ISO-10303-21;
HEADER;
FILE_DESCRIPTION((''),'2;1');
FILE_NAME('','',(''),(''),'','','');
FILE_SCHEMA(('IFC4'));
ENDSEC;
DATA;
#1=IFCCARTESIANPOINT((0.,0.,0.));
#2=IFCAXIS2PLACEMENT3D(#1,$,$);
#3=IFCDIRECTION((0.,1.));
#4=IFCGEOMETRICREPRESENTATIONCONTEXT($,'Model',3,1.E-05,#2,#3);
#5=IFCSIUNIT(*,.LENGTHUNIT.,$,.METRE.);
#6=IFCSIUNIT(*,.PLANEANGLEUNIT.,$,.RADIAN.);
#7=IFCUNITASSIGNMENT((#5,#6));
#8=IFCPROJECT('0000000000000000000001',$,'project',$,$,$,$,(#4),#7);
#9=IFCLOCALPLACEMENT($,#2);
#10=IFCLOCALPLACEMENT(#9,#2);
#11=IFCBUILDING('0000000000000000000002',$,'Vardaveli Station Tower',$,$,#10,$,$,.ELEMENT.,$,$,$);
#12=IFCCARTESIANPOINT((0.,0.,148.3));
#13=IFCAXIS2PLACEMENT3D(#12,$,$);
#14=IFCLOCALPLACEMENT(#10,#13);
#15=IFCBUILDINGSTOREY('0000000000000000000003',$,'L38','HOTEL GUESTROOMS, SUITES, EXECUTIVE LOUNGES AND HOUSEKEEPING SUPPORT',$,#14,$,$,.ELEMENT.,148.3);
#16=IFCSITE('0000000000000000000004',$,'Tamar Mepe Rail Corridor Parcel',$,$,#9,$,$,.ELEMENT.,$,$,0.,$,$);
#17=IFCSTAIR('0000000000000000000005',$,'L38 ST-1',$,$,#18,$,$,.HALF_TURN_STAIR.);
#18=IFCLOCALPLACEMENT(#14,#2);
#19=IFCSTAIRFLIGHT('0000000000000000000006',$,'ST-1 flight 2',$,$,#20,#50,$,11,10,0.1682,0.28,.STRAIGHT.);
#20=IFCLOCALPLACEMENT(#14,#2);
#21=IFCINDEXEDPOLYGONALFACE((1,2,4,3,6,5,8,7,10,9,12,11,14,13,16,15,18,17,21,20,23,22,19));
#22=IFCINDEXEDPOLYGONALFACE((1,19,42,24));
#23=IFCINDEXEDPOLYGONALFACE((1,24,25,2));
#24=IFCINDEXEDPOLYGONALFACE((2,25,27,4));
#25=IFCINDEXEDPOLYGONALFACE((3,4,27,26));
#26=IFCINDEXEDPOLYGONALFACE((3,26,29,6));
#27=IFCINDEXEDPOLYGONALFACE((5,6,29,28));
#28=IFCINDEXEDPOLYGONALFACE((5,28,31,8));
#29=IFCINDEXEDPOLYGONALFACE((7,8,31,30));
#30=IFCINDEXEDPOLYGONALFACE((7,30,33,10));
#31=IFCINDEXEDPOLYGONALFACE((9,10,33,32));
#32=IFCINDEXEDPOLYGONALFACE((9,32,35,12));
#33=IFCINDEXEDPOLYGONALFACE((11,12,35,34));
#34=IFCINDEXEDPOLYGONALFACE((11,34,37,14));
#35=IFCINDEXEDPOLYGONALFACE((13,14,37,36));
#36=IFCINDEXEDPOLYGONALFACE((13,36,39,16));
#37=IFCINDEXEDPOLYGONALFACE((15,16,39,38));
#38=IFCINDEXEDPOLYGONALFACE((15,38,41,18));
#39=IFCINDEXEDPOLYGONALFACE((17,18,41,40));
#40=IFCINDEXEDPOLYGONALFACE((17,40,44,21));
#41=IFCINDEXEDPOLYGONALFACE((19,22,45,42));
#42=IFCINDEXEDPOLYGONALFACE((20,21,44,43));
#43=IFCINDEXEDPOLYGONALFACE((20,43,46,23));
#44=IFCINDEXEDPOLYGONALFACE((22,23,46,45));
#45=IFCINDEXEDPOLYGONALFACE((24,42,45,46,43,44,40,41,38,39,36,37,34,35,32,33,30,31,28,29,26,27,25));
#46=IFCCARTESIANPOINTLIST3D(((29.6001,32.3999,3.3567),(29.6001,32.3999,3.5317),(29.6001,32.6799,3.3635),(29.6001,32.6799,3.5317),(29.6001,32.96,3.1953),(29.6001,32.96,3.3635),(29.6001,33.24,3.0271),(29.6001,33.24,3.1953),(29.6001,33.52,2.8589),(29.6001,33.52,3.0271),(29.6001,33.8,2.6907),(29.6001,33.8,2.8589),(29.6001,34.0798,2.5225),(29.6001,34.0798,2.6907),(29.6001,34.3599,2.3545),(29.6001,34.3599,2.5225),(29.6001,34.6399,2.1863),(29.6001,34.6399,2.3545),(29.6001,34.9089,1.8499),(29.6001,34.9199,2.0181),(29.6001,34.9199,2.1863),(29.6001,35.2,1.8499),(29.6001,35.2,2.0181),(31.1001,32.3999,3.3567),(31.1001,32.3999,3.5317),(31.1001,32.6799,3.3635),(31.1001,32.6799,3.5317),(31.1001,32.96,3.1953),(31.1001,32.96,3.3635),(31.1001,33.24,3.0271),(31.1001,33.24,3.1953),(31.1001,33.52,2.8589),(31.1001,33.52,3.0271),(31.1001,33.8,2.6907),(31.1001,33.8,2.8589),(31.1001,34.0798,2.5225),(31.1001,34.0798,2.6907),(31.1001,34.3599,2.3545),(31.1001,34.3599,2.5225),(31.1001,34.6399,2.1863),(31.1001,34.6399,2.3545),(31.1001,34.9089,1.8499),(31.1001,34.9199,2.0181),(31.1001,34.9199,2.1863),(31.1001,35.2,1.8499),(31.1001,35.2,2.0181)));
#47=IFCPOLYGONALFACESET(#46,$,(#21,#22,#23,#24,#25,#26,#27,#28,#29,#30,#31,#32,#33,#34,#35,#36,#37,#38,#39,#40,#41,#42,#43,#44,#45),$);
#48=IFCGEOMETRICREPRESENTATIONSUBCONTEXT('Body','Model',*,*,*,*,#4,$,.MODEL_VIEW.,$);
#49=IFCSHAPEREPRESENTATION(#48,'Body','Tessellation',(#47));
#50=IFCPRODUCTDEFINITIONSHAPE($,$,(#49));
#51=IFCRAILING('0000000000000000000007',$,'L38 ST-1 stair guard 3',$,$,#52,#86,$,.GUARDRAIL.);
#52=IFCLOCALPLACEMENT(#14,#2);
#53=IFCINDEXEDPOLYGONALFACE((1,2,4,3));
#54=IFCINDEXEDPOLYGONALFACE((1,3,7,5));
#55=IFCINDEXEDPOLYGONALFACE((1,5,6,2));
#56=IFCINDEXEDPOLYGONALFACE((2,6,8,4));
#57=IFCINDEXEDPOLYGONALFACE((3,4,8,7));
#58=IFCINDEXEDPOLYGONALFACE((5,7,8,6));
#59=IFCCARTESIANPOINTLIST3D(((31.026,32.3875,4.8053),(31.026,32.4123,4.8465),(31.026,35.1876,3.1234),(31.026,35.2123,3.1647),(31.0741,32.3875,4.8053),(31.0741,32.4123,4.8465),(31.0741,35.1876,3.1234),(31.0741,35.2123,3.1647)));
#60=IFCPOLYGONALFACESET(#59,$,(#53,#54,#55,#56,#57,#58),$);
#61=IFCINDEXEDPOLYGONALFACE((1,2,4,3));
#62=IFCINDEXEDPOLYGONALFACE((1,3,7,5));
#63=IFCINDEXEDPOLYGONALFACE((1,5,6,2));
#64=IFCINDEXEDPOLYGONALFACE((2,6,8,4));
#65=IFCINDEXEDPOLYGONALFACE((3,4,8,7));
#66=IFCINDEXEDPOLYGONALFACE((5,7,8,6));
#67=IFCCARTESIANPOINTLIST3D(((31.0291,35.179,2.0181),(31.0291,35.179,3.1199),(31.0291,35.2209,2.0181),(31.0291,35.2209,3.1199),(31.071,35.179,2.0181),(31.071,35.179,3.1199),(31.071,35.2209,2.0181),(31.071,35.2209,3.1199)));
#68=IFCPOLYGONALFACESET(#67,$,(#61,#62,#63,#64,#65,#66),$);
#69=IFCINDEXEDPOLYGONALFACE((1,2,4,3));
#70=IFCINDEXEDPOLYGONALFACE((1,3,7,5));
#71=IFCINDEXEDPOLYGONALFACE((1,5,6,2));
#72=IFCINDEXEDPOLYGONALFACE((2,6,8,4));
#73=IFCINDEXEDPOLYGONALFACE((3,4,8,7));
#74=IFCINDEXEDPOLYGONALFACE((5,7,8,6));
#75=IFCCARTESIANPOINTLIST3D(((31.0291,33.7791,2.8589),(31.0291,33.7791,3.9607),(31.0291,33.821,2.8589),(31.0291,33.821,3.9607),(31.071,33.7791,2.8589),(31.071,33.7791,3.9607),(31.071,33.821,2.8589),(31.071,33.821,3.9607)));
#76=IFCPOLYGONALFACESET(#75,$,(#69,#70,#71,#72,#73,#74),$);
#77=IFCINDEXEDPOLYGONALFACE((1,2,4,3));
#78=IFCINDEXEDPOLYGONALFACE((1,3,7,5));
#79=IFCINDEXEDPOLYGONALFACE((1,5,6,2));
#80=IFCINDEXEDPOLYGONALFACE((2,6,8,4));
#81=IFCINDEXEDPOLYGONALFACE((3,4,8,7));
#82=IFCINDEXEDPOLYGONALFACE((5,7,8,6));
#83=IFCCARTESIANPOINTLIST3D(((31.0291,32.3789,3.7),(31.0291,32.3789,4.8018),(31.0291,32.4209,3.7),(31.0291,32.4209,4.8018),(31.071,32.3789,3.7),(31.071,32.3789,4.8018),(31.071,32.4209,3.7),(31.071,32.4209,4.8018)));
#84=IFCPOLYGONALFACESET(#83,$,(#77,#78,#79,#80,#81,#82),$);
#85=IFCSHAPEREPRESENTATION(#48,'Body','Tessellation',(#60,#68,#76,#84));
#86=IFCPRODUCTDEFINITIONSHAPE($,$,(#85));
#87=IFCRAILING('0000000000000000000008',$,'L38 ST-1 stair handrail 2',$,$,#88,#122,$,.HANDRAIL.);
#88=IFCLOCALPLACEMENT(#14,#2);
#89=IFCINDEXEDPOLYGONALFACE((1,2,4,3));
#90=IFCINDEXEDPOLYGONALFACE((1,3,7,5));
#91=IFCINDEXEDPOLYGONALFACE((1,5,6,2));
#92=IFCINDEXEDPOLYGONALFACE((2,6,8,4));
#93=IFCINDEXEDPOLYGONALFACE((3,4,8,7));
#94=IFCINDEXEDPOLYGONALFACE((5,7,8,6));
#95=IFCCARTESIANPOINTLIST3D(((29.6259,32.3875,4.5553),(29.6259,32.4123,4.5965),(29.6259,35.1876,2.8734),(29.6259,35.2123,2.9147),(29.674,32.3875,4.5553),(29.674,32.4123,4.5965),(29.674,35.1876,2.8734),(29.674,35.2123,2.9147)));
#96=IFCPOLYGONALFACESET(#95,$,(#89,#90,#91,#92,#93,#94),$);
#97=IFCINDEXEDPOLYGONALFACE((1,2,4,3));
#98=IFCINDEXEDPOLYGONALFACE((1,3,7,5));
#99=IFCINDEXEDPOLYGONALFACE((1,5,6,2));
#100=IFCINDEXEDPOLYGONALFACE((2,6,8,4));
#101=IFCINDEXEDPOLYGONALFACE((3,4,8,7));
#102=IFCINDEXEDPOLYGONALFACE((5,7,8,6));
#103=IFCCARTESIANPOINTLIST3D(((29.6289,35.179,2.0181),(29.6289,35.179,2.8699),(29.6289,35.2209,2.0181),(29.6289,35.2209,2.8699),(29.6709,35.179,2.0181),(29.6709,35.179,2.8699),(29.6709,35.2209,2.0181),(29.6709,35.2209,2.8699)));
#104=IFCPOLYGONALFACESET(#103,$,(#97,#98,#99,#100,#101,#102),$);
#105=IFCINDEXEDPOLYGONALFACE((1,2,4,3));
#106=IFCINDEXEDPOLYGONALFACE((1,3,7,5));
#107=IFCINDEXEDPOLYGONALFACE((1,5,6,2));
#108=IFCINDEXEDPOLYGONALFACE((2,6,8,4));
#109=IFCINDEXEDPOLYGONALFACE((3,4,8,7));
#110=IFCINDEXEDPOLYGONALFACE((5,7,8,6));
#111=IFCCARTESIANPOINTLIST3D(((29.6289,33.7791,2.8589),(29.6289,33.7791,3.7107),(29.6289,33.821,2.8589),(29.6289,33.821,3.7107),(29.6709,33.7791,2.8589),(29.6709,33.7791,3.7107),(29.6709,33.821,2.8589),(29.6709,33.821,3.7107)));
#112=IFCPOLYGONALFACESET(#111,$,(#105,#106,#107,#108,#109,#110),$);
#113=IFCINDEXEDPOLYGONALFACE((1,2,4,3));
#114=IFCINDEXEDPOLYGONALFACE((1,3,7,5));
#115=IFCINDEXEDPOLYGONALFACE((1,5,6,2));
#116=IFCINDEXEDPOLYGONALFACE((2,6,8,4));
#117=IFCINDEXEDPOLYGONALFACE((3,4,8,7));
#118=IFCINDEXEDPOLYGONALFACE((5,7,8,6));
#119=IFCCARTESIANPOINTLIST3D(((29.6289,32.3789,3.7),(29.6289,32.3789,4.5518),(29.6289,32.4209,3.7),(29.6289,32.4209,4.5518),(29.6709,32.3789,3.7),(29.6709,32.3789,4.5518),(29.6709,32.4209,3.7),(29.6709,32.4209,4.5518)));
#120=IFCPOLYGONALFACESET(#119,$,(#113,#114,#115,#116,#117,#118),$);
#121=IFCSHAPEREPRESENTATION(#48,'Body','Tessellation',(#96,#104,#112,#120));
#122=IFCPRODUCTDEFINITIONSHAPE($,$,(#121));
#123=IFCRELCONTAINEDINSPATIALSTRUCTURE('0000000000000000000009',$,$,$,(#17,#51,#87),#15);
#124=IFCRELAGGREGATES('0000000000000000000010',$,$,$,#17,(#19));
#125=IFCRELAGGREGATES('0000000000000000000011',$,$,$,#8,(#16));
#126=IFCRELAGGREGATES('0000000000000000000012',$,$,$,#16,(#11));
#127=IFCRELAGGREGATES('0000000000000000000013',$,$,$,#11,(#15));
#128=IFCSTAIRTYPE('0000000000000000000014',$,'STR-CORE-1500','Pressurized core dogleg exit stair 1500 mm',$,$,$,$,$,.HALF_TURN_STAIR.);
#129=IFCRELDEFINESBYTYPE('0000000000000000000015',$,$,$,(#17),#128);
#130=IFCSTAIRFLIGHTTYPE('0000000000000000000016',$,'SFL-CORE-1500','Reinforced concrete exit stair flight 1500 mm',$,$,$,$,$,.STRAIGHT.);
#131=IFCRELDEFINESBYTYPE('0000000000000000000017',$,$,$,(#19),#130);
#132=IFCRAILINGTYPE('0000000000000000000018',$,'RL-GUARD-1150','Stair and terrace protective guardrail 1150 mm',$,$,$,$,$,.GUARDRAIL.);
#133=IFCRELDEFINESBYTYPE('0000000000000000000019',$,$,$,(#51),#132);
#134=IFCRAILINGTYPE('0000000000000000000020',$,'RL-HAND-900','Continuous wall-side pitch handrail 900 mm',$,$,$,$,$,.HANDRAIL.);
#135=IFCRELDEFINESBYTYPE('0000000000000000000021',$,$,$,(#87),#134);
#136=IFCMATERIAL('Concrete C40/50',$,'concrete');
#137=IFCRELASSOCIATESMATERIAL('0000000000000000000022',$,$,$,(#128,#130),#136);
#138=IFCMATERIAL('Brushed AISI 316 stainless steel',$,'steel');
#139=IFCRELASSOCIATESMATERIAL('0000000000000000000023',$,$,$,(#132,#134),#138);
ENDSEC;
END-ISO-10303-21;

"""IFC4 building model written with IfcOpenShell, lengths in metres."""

from ifc_helpers import new_model, si_unit, direction, frame, origin, origin_2d, place, context, subcontext, project, spatial, polyline, rectangle, outline, extrude, source, transform, mapped, material, type_object, element, aggregate, save


model = new_model("IFC4")

# Units and contexts
model_context = context("Model", 3, precision=1e-05, world=origin(), true_north=direction((0.0, 1.0)))
body_context = subcontext(model_context, "Body", "Model", "MODEL_VIEW")
ifc_project = project(units=[si_unit("LENGTHUNIT", "METRE"), si_unit("PLANEANGLEUNIT", "RADIAN")], contexts=[model_context])

# Site, building, storey
site_placement = place(None, origin())
site = spatial("IfcSite", under=ifc_project, at=site_placement, Name="Tamar Mepe Rail Corridor Parcel", CompositionType="ELEMENT", RefElevation=0.0)
building_placement = place(site_placement, origin())
building = spatial("IfcBuilding", under=site, at=building_placement, Name="Vardaveli Station Tower", CompositionType="ELEMENT")
storey_placement = place(building_placement, frame((0.0, 0.0, 148.3)))
storey = spatial("IfcBuildingStorey", under=building, at=storey_placement, Name="L38", Description="HOTEL GUESTROOMS, SUITES, EXECUTIVE LOUNGES AND HOUSEKEEPING SUPPORT", CompositionType="ELEMENT", Elevation=148.3)

# Shared definitions
ifc_material_1 = material(Name="Concrete C40/50", Category="concrete")

# Stair, stair flight
stair_type = type_object("IfcStairType", Name="STR-CORE-1500", Description="Pressurized core dogleg exit stair 1500 mm", PredefinedType="HALF_TURN_STAIR", material=ifc_material_1)
stair_placement = place(storey_placement, origin())
stair = element("IfcStair", 1, at=stair_placement, inside=storey, type_object=stair_type, Name="L38 ST-1", PredefinedType="HALF_TURN_STAIR")
stair_flight_type = type_object("IfcStairFlightType", Name="SFL-CORE-1500", Description="Reinforced concrete exit stair flight 1500 mm", PredefinedType="STRAIGHT", material=ifc_material_1)
shared_shape_1 = source(origin(), body_context, "Body", "SweptSolid", [
    extrude(outline(polyline([(0.0, 0.0), (0.0, 0.1682), (0.28, 0.1682), (0.28, 0.3364), (0.5601, 0.3364), (0.5601, 0.5046), (0.8401, 0.5046), (0.8401, 0.6726), (1.1201, 0.6726), (1.1201, 0.8408), (1.3999, 0.8408), (1.3999, 1.009), (1.6799, 1.009), (1.6799, 1.1772), (1.96, 1.1772), (1.96, 1.3455), (2.24, 1.3455), (2.24, 1.5137), (2.52, 1.5137), (2.52, 1.6819), (2.8, 1.6819), (2.8, 1.8501), (2.8, 1.5068), (0.291, 0.0), (0.0, 0.0)])), frame((0.0, 0.75, 0.0), z_axis=(0.0, -1.0, 0.0), x_axis=(1.0, 0.0, 0.0)), (0.0, 0.0, 1.0), 1.5),
])
stair_flight_placement = place(storey_placement, frame((30.3501, 35.2, 1.8499), z_axis=(0.0, 0.0, 1.0), x_axis=(0.0, -1.0, 0.0)))
stair_flight = element("IfcStairFlight", 2, at=stair_flight_placement, type_object=stair_flight_type, Name="ST-1 flight 2", NumberOfRisers=11, NumberOfTreads=10, PredefinedType="STRAIGHT", RiserHeight=0.1682, TreadLength=0.28, context=body_context, shape_type="MappedRepresentation", body=[
    mapped(shared_shape_1, transform((0.0, 0.0, 0.0), scale=1.0)),
])
aggregate(stair, [stair_flight])

# Railings
ifc_material_2 = material(Name="Brushed AISI 316 stainless steel", Category="steel")
railing_type_1 = type_object("IfcRailingType", Name="RL-GUARD-1150", Description="Stair and terrace protective guardrail 1150 mm", PredefinedType="GUARDRAIL", material=ifc_material_2)
shared_shape_2 = source(origin(), body_context, "Body", "SweptSolid", [
    extrude(rectangle(XDim=0.0481, YDim=0.0481, at=origin_2d()), frame((0.0, 0.0, 1.126), z_axis=(0.0, -0.857242, 0.514913), x_axis=(1.0, 0.0, 0.0)), (0.0, 0.0, 1.0), 3.2664),
    extrude(rectangle(XDim=0.042, YDim=0.042, at=origin_2d()), origin(), (0.0, 0.0, 1.0), 1.1018),
    extrude(rectangle(XDim=0.042, YDim=0.042, at=origin_2d()), frame((0.0, -1.3999, 0.8408)), (0.0, 0.0, 1.0), 1.1018),
    extrude(rectangle(XDim=0.042, YDim=0.042, at=origin_2d()), frame((0.0, -2.8, 1.6819)), (0.0, 0.0, 1.0), 1.1018),
])
railing_1_placement = place(storey_placement, frame((31.05, 35.2, 2.0181)))
element("IfcRailing", 3, at=railing_1_placement, inside=storey, type_object=railing_type_1, Name="L38 ST-1 stair guard 3", PredefinedType="GUARDRAIL", context=body_context, shape_type="MappedRepresentation", body=[
    mapped(shared_shape_2, transform((0.0, 0.0, 0.0), scale=1.0)),
])
railing_type_2 = type_object("IfcRailingType", Name="RL-HAND-900", Description="Continuous wall-side pitch handrail 900 mm", PredefinedType="HANDRAIL", material=ifc_material_2)
shared_shape_3 = source(origin(), body_context, "Body", "SweptSolid", [
    extrude(rectangle(XDim=0.0481, YDim=0.0481, at=origin_2d()), frame((0.0, 0.0, 0.876), z_axis=(0.0, -0.857242, 0.514913), x_axis=(1.0, 0.0, 0.0)), (0.0, 0.0, 1.0), 3.2664),
    extrude(rectangle(XDim=0.042, YDim=0.042, at=origin_2d()), origin(), (0.0, 0.0, 1.0), 0.8518),
    extrude(rectangle(XDim=0.042, YDim=0.042, at=origin_2d()), frame((0.0, -1.3999, 0.8408)), (0.0, 0.0, 1.0), 0.8518),
    extrude(rectangle(XDim=0.042, YDim=0.042, at=origin_2d()), frame((0.0, -2.8, 1.6819)), (0.0, 0.0, 1.0), 0.8518),
])
railing_2_placement = place(storey_placement, frame((29.6499, 35.2, 2.0181)))
element("IfcRailing", 4, at=railing_2_placement, inside=storey, type_object=railing_type_2, Name="L38 ST-1 stair handrail 2", PredefinedType="HANDRAIL", context=body_context, shape_type="MappedRepresentation", body=[
    mapped(shared_shape_3, transform((0.0, 0.0, 0.0), scale=1.0)),
])

save(model, "model.ifc")
